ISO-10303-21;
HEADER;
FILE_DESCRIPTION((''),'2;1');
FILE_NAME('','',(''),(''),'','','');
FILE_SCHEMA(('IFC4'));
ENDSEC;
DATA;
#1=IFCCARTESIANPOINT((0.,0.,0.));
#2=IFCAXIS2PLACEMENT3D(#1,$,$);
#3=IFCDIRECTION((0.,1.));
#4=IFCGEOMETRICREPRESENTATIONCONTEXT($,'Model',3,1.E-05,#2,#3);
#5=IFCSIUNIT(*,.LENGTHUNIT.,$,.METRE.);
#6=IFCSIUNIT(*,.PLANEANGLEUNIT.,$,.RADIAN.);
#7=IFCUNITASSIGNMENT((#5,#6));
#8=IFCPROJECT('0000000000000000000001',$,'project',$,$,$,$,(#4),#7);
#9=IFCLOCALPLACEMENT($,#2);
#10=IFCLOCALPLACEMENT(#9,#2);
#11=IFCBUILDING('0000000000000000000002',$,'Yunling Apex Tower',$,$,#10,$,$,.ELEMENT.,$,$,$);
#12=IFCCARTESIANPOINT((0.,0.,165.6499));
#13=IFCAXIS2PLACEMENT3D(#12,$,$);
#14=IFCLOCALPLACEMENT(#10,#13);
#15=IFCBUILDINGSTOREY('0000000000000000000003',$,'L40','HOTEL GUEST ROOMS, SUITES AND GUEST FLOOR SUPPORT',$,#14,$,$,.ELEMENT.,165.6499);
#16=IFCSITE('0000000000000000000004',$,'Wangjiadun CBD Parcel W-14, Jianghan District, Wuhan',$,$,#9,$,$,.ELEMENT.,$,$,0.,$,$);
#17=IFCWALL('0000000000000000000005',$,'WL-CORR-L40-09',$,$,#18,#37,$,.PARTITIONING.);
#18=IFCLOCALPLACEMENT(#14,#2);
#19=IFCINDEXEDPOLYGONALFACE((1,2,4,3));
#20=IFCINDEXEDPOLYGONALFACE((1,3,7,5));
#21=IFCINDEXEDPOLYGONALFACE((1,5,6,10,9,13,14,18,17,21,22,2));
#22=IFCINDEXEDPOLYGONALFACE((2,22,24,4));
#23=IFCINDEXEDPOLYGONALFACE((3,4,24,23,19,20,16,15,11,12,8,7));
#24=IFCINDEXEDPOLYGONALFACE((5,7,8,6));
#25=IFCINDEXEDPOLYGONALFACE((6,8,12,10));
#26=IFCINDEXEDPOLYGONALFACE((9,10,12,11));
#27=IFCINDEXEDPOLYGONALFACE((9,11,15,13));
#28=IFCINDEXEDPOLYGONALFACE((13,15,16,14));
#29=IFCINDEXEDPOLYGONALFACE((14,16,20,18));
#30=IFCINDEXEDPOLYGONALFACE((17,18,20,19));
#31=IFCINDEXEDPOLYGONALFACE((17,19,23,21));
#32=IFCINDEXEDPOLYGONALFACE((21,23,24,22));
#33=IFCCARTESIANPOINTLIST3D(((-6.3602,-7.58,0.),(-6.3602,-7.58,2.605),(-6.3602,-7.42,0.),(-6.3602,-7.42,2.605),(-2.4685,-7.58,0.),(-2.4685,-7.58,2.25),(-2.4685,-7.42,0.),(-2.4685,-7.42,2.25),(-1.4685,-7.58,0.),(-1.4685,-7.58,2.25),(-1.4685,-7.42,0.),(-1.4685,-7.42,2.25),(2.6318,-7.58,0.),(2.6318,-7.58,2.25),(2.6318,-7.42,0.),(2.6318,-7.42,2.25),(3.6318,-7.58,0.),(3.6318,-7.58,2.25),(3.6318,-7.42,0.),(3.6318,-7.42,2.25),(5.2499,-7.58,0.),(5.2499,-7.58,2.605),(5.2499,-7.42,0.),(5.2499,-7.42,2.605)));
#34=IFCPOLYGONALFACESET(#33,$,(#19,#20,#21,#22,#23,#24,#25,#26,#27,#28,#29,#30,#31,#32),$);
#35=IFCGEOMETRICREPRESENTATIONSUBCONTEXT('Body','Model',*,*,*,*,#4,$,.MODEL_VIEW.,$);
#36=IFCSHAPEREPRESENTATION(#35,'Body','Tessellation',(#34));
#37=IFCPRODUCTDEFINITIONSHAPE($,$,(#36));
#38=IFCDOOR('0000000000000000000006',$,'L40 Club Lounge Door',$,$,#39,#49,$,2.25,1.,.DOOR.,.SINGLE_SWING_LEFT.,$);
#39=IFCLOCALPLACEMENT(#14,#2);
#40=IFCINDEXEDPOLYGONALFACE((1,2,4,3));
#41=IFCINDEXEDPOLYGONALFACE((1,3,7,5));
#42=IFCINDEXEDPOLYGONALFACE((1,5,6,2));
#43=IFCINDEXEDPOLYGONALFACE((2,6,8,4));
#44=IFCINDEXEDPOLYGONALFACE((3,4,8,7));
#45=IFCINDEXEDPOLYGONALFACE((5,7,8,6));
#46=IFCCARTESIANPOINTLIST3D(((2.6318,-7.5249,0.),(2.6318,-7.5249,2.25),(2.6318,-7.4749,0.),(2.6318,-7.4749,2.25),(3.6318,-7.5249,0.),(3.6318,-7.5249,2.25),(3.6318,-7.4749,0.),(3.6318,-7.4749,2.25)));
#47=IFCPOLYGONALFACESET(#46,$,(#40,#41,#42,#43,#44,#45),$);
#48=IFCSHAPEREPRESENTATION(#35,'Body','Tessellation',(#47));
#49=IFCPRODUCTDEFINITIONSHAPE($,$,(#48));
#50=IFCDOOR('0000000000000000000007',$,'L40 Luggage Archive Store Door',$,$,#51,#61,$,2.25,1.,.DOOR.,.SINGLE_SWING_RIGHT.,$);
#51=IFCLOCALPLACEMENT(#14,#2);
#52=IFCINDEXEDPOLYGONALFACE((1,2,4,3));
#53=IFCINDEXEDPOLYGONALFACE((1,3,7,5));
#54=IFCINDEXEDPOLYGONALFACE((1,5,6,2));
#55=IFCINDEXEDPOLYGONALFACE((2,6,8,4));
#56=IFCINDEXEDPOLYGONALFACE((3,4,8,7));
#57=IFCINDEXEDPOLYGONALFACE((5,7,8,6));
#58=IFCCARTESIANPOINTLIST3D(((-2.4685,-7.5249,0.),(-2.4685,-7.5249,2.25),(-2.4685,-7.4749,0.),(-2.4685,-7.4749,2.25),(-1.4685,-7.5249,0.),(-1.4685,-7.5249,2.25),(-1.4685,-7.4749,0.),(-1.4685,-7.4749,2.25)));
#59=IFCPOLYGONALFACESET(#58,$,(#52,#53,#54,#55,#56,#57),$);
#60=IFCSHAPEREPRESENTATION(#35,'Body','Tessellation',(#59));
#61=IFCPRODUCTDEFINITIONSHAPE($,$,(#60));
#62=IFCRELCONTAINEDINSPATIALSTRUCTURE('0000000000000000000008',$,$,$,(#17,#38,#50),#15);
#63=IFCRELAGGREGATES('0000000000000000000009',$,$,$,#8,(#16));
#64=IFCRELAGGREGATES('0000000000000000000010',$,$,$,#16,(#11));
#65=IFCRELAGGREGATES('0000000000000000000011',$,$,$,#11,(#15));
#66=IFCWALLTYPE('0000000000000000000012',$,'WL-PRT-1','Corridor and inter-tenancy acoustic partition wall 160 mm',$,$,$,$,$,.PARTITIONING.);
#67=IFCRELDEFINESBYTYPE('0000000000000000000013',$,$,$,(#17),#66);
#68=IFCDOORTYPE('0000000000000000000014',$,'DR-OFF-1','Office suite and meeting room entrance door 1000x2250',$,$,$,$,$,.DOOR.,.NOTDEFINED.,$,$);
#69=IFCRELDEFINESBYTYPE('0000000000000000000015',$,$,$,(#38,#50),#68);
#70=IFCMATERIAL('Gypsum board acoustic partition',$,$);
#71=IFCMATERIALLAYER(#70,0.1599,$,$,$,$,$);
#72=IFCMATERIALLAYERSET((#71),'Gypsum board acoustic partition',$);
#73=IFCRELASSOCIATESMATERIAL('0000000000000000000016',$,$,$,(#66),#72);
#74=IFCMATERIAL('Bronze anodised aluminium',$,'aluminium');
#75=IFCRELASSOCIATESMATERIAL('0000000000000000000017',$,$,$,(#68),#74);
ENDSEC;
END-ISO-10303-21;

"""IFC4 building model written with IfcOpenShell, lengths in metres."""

from ifc_helpers import new_model, si_unit, direction, frame, frame_2d, origin, place, context, subcontext, project, spatial, rectangle, extrude, material, layer, layer_set, type_object, element, fill, save


model = new_model("IFC4")

# Units and contexts
model_context = context("Model", 3, precision=1e-05, world=origin(), true_north=direction((0.0, 1.0)))
body_context = subcontext(model_context, "Body", "Model", "MODEL_VIEW")
ifc_project = project(units=[si_unit("LENGTHUNIT", "METRE"), si_unit("PLANEANGLEUNIT", "RADIAN")], contexts=[model_context])

# Site, building, storey
site_placement = place(None, origin())
site = spatial("IfcSite", under=ifc_project, at=site_placement, Name="Wangjiadun CBD Parcel W-14, Jianghan District, Wuhan", CompositionType="ELEMENT", RefElevation=0.0)
building_placement = place(site_placement, origin())
building = spatial("IfcBuilding", under=site, at=building_placement, Name="Yunling Apex Tower", CompositionType="ELEMENT")
storey_placement = place(building_placement, frame((0.0, 0.0, 165.6499)))
storey = spatial("IfcBuildingStorey", under=building, at=storey_placement, Name="L40", Description="HOTEL GUEST ROOMS, SUITES AND GUEST FLOOR SUPPORT", CompositionType="ELEMENT", Elevation=165.6499)

# Shared definitions
ifc_material_1 = material(Name="Bronze anodised aluminium", Category="aluminium")

# Shared definitions
ifc_material_2 = material(Name="Gypsum board acoustic partition")
ifc_layer_1 = layer(ifc_material_2, 0.1599)
ifc_layer_set_1 = layer_set([ifc_layer_1], Name="Gypsum board acoustic partition")
wall_type_1 = type_object("IfcWallType", Name="WL-PRT-1", Description="Corridor and inter-tenancy acoustic partition wall 160 mm", PredefinedType="PARTITIONING", material=ifc_layer_set_1)

# Wall, openings, doors
wall_1_placement = place(storey_placement, frame((5.25, -7.5, 0.0), z_axis=(0.0, 0.0, 1.0), x_axis=(-1.0, 0.0, 0.0)))
wall_1 = element("IfcWall", 1, at=wall_1_placement, inside=storey, type_object=wall_type_1, Name="WL-CORR-L40-09", PredefinedType="PARTITIONING", context=body_context, shape_type="SweptSolid", body=[
    extrude(rectangle(XDim=11.6101, YDim=0.1599, at=frame_2d((5.8052, 0.0))), origin(), (0.0, 0.0, 1.0), 2.605),
])
opening_1_placement = place(wall_1_placement, frame((1.6182, 0.0, 0.0)))
opening_1 = element("IfcOpeningElement", 2, at=opening_1_placement, cuts=wall_1, PredefinedType="OPENING", context=body_context, shape_type="SweptSolid", body=[
    extrude(rectangle(XDim=1.0, YDim=2.25, at=frame_2d((0.5, 1.125))), frame((0.0, 0.0898, 0.0), z_axis=(0.0, -1.0, 0.0), x_axis=(1.0, 0.0, 0.0)), (0.0, 0.0, 1.0), 0.1799),
])
opening_2_placement = place(wall_1_placement, frame((6.7185, 0.0, 0.0)))
opening_2 = element("IfcOpeningElement", 3, at=opening_2_placement, cuts=wall_1, PredefinedType="OPENING", context=body_context, shape_type="SweptSolid", body=[
    extrude(rectangle(XDim=1.0, YDim=2.25, at=frame_2d((0.5, 1.125))), frame((0.0, 0.0898, 0.0), z_axis=(0.0, -1.0, 0.0), x_axis=(1.0, 0.0, 0.0)), (0.0, 0.0, 1.0), 0.1799),
])
door_type = type_object("IfcDoorType", Name="DR-OFF-1", Description="Office suite and meeting room entrance door 1000x2250", OperationType="NOTDEFINED", PredefinedType="DOOR", material=ifc_material_1)
door_1_placement = place(opening_1_placement, origin())
door_1 = element("IfcDoor", 4, at=door_1_placement, inside=storey, type_object=door_type, Name="L40 Club Lounge Door", OperationType="SINGLE_SWING_LEFT", OverallHeight=2.25, OverallWidth=1.0, PredefinedType="DOOR", context=body_context, shape_type="SweptSolid", body=[
    extrude(rectangle(XDim=1.0, YDim=2.25, at=frame_2d((0.5, 1.125))), frame((0.0, 0.0249, 0.0), z_axis=(0.0, -1.0, 0.0), x_axis=(1.0, 0.0, 0.0)), (0.0, 0.0, 1.0), 0.05),
])
fill(opening_1, door_1)
door_2_placement = place(opening_2_placement, origin())
door_2 = element("IfcDoor", 5, at=door_2_placement, inside=storey, type_object=door_type, Name="L40 Luggage Archive Store Door", OperationType="SINGLE_SWING_RIGHT", OverallHeight=2.25, OverallWidth=1.0, PredefinedType="DOOR", context=body_context, shape_type="SweptSolid", body=[
    extrude(rectangle(XDim=1.0, YDim=2.25, at=frame_2d((0.5, 1.125))), frame((0.0, 0.0249, 0.0), z_axis=(0.0, -1.0, 0.0), x_axis=(1.0, 0.0, 0.0)), (0.0, 0.0, 1.0), 0.05),
])
fill(opening_2, door_2)

save(model, "model.ifc")
